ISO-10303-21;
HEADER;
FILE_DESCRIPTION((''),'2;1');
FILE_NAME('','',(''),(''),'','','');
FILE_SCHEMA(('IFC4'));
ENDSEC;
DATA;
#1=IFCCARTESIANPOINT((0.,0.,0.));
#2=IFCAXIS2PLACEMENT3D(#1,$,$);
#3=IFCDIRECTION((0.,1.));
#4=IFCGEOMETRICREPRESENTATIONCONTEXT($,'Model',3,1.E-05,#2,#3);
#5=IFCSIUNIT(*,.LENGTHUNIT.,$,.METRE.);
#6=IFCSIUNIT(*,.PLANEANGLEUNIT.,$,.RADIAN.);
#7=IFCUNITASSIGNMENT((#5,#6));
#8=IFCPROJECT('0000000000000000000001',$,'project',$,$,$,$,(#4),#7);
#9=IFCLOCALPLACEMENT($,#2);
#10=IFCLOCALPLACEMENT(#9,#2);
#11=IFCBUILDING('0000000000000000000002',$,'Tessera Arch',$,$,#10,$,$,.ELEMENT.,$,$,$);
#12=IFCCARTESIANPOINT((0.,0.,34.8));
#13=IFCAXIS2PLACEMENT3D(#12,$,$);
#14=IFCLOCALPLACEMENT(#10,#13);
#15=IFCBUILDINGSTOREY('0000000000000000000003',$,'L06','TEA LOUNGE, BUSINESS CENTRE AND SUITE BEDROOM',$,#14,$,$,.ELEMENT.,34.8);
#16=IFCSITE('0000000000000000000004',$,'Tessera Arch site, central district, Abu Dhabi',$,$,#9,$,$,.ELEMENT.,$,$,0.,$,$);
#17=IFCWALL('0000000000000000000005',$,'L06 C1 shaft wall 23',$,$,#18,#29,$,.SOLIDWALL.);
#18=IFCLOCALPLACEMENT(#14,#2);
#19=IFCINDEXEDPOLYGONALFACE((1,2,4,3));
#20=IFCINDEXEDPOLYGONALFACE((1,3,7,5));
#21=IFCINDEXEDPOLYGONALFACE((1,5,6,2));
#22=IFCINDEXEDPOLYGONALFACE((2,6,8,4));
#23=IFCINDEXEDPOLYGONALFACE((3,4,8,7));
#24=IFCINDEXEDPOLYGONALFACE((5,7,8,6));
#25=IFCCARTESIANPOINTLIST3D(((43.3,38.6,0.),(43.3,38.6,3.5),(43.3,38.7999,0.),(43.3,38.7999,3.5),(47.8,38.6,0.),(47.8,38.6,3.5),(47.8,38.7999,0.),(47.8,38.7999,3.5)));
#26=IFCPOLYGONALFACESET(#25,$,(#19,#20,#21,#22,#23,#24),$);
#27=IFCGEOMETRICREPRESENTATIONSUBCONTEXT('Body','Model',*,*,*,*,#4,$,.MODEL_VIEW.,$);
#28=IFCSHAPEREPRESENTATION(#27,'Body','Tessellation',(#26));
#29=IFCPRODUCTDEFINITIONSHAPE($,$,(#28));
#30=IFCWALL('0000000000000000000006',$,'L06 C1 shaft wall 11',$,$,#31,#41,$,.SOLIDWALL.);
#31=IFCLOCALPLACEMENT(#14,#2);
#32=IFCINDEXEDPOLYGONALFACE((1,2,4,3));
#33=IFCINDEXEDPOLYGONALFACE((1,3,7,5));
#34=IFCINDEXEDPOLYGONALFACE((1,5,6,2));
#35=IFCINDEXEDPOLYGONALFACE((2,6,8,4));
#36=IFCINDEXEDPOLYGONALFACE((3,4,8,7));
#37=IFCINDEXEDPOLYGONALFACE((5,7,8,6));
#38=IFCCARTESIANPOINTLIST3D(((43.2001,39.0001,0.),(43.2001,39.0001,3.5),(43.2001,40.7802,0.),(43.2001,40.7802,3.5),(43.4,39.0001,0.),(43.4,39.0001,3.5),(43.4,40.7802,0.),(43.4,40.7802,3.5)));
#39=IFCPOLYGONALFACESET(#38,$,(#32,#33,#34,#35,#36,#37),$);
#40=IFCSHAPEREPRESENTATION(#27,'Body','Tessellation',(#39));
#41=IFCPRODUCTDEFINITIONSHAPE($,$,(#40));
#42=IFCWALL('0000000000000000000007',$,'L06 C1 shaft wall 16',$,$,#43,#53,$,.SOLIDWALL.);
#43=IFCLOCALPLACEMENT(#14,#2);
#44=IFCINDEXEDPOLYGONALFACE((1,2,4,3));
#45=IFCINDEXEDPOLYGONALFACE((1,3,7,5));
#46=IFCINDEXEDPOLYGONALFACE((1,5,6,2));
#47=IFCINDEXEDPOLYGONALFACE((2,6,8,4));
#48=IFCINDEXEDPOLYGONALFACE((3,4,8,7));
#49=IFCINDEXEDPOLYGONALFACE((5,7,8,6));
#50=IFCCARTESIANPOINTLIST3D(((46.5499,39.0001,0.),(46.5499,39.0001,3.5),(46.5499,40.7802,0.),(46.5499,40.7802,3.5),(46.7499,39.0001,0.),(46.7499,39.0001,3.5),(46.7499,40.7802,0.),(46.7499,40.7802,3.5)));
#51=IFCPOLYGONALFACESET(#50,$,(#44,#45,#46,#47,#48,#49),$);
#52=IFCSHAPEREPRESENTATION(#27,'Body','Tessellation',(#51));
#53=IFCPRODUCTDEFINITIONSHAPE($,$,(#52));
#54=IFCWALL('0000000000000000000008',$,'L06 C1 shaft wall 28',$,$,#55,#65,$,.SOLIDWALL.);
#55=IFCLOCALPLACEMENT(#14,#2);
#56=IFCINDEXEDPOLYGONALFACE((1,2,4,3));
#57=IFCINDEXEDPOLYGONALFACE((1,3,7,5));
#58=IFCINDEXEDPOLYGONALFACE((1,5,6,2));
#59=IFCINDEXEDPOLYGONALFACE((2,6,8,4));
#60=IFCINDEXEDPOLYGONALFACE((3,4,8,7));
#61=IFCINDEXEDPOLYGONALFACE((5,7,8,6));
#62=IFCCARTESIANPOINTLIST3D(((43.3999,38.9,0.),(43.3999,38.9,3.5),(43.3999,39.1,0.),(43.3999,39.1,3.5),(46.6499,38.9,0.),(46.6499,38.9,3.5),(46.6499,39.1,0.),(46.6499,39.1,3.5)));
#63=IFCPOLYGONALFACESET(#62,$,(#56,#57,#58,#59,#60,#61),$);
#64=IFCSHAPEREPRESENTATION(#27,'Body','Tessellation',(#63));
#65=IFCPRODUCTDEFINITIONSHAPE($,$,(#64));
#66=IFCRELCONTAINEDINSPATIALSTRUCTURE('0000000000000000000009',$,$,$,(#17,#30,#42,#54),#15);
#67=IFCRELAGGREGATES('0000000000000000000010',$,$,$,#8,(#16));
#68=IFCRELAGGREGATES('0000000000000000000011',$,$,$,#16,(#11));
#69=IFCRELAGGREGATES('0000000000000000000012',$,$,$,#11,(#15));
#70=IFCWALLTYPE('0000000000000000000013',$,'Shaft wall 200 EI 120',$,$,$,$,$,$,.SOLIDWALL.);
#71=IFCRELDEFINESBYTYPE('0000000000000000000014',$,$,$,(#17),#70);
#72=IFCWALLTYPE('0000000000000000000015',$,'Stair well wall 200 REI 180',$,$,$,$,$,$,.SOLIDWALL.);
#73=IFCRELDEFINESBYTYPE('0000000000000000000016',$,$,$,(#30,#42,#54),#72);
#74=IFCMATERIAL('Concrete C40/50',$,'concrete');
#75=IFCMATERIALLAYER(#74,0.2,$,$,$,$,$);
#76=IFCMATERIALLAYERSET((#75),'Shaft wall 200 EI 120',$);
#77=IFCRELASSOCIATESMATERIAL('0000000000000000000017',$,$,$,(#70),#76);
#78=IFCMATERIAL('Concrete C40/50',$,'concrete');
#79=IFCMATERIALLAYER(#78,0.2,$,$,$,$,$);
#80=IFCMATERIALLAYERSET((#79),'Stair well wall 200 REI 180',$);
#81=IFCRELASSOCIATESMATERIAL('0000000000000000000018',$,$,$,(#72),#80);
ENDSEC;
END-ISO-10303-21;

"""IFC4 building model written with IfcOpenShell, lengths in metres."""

from ifc_helpers import new_model, si_unit, direction, frame, frame_2d, origin, place, context, subcontext, project, spatial, rectangle, extrude, material, layer, layer_set, type_object, element, save


model = new_model("IFC4")

# Units and contexts
model_context = context("Model", 3, precision=1e-05, world=origin(), true_north=direction((0.0, 1.0)))
body_context = subcontext(model_context, "Body", "Model", "MODEL_VIEW")
ifc_project = project(units=[si_unit("LENGTHUNIT", "METRE"), si_unit("PLANEANGLEUNIT", "RADIAN")], contexts=[model_context])

# Site, building, storey
site_placement = place(None, origin())
site = spatial("IfcSite", under=ifc_project, at=site_placement, Name="Tessera Arch site, central district, Abu Dhabi", CompositionType="ELEMENT", RefElevation=0.0)
building_placement = place(site_placement, origin())
building = spatial("IfcBuilding", under=site, at=building_placement, Name="Tessera Arch", CompositionType="ELEMENT")
storey_placement = place(building_placement, frame((0.0, 0.0, 34.8)))
storey = spatial("IfcBuildingStorey", under=building, at=storey_placement, Name="L06", Description="TEA LOUNGE, BUSINESS CENTRE AND SUITE BEDROOM", CompositionType="ELEMENT", Elevation=34.8)

# Shared definitions
ifc_material_1 = material(Name="Concrete C40/50", Category="concrete")
ifc_layer_1 = layer(ifc_material_1, 0.2)
ifc_layer_set_1 = layer_set([ifc_layer_1], Name="Shaft wall 200 EI 120")
wall_type_1 = type_object("IfcWallType", Name="Shaft wall 200 EI 120", PredefinedType="SOLIDWALL", material=ifc_layer_set_1)

# Walls
wall_1_placement = place(storey_placement, frame((43.3, 38.7, 0.0), z_axis=(0.0, 0.0, 1.0), x_axis=(1.0, 0.0, 0.0)))
element("IfcWall", 1, at=wall_1_placement, inside=storey, type_object=wall_type_1, Name="L06 C1 shaft wall 23", PredefinedType="SOLIDWALL", context=body_context, shape_type="SweptSolid", body=[
    extrude(rectangle(XDim=4.5, YDim=0.2, at=frame_2d((2.25, 0.0))), origin(), (0.0, 0.0, 1.0), 3.5),
])
ifc_material_2 = material(Name="Concrete C40/50", Category="concrete")
ifc_layer_2 = layer(ifc_material_2, 0.2)
ifc_layer_set_2 = layer_set([ifc_layer_2], Name="Stair well wall 200 REI 180")
wall_type_2 = type_object("IfcWallType", Name="Stair well wall 200 REI 180", PredefinedType="SOLIDWALL", material=ifc_layer_set_2)
for number, where, z_axis, x_axis, name in (
    (2, (43.3, 39.0, 0.0), (0.0, 0.0, 1.0), (0.0, 1.0, 0.0), "L06 C1 shaft wall 11"),
    (3, (46.6499, 39.0, 0.0), (0.0, 0.0, 1.0), (0.0, 1.0, 0.0), "L06 C1 shaft wall 16"),
):
    element("IfcWall", number, at=place(storey_placement, frame(where, z_axis=z_axis, x_axis=x_axis)), inside=storey, type_object=wall_type_2, Name=name, PredefinedType="SOLIDWALL", context=body_context, shape_type="SweptSolid", body=[
        extrude(rectangle(XDim=1.78, YDim=0.2, at=frame_2d((0.8901, 0.0))), origin(), (0.0, 0.0, 1.0), 3.5),
    ])
wall_2_placement = place(storey_placement, frame((43.3999, 39.0, 0.0), z_axis=(0.0, 0.0, 1.0), x_axis=(1.0, 0.0, 0.0)))
element("IfcWall", 4, at=wall_2_placement, inside=storey, type_object=wall_type_2, Name="L06 C1 shaft wall 28", PredefinedType="SOLIDWALL", context=body_context, shape_type="SweptSolid", body=[
    extrude(rectangle(XDim=3.25, YDim=0.2, at=frame_2d((1.625, 0.0))), origin(), (0.0, 0.0, 1.0), 3.5),
])

save(model, "model.ifc")
